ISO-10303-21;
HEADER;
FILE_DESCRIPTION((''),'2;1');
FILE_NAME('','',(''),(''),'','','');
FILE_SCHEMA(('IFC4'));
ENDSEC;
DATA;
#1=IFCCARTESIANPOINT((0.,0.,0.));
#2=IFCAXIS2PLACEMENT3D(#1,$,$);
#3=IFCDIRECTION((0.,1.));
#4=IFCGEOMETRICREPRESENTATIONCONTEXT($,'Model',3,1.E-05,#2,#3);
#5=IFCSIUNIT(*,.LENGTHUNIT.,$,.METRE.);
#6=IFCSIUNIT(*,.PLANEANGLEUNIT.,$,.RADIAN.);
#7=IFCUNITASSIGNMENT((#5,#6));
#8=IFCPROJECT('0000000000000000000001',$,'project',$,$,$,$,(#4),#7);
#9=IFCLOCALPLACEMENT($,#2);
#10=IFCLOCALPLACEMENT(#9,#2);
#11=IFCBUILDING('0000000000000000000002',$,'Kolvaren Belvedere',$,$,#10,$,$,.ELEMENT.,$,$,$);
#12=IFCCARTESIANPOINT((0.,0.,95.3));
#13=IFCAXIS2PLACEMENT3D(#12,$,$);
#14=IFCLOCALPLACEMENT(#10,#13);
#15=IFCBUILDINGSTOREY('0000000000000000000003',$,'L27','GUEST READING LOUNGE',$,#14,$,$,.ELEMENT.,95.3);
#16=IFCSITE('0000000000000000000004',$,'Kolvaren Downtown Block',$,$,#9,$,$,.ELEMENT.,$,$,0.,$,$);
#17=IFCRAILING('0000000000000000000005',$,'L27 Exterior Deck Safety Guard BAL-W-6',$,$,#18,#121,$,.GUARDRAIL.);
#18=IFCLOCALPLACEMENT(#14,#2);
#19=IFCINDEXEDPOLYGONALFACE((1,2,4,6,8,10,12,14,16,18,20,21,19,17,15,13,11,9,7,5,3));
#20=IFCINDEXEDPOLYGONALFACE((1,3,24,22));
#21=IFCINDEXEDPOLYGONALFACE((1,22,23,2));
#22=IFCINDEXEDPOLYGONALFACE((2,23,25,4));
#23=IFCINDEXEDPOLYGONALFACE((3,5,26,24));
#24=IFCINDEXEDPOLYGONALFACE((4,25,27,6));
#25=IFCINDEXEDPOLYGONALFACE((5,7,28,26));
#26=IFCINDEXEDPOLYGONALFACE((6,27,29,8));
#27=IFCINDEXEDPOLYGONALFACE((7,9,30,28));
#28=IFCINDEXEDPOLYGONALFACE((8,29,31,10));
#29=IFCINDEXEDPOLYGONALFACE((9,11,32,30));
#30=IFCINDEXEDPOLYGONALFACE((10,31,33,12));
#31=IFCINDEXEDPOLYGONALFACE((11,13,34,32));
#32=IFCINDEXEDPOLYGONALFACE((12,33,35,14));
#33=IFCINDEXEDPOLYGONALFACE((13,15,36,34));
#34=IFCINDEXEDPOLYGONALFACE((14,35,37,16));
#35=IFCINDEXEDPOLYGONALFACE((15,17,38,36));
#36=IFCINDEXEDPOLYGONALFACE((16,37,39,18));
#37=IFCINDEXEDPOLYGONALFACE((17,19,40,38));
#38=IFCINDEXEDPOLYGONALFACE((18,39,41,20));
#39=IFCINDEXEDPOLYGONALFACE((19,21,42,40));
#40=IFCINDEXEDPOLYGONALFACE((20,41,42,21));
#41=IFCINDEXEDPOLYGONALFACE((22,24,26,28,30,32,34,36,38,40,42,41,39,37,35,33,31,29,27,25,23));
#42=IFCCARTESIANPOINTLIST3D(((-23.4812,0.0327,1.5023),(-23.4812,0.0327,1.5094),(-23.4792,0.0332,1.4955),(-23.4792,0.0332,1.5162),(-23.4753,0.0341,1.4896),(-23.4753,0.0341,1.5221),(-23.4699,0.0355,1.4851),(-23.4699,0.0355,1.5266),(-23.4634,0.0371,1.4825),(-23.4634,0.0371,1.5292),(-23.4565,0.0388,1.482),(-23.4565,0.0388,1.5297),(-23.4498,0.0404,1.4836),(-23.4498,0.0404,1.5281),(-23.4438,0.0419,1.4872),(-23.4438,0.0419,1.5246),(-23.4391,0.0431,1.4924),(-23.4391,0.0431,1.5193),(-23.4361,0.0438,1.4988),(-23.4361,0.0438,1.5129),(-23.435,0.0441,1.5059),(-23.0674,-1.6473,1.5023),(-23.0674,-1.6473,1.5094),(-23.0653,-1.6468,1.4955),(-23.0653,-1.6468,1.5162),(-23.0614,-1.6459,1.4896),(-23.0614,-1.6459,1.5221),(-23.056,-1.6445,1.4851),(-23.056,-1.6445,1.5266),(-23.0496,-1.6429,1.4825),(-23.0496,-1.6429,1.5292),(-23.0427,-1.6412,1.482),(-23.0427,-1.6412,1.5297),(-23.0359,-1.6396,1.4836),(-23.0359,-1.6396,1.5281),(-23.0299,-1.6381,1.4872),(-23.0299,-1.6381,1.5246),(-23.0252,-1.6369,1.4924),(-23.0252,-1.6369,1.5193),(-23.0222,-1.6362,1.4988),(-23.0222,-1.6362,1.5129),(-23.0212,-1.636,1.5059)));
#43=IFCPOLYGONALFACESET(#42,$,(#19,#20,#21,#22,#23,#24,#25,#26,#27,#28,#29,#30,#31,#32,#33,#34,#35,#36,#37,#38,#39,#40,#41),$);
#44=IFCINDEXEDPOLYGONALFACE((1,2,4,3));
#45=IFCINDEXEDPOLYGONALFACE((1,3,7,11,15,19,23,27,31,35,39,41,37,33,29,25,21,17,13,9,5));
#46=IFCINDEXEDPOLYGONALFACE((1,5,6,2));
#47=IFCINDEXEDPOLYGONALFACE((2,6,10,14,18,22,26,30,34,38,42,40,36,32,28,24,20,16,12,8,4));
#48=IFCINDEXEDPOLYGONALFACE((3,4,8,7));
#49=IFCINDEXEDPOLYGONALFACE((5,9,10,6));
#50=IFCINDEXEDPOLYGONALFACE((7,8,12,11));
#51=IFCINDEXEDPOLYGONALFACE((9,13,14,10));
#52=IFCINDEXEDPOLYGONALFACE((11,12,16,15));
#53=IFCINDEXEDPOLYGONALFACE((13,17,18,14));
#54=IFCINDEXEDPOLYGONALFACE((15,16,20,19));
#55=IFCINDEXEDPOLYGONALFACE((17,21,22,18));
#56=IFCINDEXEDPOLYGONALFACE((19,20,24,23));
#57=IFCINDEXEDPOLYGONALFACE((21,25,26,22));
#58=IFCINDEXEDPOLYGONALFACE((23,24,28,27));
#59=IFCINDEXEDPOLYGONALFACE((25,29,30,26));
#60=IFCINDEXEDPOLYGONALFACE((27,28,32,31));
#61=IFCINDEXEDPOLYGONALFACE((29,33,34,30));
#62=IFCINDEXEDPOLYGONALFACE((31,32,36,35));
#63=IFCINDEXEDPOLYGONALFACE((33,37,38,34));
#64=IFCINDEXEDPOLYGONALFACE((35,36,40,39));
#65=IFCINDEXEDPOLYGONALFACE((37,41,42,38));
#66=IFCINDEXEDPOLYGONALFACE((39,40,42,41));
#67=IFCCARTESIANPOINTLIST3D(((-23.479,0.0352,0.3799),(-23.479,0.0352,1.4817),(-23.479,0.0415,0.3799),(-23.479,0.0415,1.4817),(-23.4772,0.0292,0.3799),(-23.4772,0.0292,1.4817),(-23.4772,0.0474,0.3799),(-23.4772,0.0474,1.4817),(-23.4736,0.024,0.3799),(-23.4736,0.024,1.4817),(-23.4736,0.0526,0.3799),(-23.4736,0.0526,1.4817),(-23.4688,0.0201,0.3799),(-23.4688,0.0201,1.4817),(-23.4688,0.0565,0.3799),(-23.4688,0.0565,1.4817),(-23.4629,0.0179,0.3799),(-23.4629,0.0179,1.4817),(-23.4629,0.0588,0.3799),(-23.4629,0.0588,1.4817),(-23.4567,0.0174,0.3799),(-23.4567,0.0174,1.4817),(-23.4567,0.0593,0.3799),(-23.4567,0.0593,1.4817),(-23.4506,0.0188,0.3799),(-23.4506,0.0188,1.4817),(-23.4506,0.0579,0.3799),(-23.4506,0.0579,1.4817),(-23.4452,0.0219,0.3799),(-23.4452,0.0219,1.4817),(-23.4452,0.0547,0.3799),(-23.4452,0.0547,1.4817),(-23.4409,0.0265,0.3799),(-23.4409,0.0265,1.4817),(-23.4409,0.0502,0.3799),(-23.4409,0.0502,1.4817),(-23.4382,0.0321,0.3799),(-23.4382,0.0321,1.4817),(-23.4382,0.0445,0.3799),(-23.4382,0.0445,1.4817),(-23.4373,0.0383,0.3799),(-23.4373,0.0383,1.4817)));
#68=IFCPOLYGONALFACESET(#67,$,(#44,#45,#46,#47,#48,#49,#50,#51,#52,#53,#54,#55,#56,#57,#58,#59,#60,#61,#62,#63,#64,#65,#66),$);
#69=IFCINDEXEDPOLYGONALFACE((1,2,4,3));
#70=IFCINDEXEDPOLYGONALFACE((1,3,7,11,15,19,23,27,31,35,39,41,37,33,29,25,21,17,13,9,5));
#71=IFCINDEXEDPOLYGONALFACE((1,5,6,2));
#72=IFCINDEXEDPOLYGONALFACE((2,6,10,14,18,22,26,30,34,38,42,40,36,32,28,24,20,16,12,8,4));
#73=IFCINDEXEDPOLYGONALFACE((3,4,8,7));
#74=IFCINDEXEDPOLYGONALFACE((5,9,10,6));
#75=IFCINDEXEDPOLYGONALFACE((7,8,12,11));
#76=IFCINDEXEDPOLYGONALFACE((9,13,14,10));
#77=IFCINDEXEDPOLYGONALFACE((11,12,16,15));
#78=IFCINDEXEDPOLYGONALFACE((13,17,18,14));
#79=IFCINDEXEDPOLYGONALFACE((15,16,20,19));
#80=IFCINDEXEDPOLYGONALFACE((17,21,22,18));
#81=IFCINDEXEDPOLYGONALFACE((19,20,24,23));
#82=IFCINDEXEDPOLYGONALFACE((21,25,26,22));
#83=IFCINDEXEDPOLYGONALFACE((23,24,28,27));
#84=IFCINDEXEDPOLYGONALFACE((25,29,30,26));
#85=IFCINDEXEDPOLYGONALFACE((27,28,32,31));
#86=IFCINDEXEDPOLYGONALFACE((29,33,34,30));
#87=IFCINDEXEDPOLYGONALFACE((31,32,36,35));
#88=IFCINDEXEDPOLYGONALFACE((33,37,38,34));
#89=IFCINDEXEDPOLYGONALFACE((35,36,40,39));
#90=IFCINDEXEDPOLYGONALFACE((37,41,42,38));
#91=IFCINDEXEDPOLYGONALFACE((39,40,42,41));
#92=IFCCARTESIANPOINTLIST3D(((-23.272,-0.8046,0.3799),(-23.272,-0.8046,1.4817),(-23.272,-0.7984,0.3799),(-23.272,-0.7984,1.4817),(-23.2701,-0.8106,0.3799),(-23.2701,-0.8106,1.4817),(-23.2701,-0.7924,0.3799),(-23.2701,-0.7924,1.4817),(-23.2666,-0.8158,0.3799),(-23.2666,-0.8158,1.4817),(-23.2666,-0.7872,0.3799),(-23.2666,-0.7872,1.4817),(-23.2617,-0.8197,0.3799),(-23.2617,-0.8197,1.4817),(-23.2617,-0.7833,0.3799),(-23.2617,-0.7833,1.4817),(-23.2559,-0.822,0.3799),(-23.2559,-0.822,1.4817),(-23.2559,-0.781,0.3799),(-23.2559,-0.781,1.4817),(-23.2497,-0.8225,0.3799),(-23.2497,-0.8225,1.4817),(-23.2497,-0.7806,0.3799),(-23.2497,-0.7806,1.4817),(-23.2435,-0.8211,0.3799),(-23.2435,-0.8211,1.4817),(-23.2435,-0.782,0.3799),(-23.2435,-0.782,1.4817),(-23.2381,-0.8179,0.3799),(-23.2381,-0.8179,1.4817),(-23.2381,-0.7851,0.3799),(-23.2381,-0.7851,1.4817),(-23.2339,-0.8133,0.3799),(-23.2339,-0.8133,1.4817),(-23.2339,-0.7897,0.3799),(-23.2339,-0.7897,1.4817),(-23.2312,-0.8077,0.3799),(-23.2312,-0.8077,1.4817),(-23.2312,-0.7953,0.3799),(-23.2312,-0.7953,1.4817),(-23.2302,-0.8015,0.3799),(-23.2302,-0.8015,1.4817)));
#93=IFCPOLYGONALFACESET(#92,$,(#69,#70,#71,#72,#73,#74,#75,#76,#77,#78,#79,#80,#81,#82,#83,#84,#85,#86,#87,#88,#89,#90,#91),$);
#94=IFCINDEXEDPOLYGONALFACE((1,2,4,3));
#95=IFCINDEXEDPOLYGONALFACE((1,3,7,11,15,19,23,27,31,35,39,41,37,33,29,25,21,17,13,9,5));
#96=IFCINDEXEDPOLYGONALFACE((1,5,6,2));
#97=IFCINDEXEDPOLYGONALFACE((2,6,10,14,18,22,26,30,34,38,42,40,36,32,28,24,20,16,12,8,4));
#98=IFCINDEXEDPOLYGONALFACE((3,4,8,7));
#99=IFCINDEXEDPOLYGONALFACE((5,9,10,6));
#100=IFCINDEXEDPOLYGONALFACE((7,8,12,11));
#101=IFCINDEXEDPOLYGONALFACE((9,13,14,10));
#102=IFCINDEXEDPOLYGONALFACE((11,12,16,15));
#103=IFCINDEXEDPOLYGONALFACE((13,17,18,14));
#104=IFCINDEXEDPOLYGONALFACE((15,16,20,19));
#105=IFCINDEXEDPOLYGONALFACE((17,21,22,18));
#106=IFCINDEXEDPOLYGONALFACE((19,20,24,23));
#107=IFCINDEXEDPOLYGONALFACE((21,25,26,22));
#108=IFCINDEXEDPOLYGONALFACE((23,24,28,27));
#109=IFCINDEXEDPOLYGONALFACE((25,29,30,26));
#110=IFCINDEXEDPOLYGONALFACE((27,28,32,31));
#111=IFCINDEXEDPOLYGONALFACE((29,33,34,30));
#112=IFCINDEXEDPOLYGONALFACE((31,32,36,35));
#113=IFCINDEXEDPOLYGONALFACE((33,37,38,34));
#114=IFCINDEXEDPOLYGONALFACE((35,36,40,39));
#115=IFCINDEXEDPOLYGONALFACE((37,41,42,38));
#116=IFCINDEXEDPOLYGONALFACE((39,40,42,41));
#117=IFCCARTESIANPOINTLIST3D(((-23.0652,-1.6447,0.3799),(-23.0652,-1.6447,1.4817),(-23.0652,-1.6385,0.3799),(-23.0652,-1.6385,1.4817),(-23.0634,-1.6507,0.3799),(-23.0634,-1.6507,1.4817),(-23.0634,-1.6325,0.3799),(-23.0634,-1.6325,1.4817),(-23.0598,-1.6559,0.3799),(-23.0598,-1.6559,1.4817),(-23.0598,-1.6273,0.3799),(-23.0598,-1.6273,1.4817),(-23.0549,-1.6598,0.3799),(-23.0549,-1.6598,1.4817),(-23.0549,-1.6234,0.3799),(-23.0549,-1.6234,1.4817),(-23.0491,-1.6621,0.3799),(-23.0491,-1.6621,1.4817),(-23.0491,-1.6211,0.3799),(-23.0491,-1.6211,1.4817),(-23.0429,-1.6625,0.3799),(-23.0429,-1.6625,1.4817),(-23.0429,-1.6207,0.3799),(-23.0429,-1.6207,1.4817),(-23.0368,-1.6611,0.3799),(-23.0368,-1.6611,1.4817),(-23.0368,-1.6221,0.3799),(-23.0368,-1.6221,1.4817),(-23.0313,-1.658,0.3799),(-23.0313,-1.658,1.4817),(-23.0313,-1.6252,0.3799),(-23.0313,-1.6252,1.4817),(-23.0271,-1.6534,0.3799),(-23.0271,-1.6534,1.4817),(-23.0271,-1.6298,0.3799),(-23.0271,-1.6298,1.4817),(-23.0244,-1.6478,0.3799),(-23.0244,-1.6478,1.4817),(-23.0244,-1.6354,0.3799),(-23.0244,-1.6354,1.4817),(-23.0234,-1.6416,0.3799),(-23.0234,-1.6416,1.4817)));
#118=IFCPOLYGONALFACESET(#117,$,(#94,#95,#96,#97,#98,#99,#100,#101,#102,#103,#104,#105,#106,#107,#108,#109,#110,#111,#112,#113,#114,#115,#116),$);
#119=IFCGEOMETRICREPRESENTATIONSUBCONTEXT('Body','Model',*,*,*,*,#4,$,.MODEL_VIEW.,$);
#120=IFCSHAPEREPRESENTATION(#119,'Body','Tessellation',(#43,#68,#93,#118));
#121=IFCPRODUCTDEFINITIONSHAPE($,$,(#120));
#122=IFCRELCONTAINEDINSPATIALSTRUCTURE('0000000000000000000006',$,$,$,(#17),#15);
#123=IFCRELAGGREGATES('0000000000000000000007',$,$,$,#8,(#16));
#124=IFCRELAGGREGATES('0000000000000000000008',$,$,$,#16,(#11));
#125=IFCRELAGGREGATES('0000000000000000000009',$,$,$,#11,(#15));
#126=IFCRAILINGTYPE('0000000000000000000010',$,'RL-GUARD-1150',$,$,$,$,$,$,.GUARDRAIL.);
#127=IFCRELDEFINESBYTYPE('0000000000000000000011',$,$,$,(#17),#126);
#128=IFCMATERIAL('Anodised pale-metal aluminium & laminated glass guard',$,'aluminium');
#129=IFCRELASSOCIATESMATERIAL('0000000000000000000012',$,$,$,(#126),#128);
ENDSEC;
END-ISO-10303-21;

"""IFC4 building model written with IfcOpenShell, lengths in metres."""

from ifc_helpers import new_model, si_unit, direction, frame, origin, origin_2d, place, context, subcontext, project, spatial, circle, extrude, material, type_object, element, save


model = new_model("IFC4")

# Units and contexts
model_context = context("Model", 3, precision=1e-05, world=origin(), true_north=direction((0.0, 1.0)))
body_context = subcontext(model_context, "Body", "Model", "MODEL_VIEW")
ifc_project = project(units=[si_unit("LENGTHUNIT", "METRE"), si_unit("PLANEANGLEUNIT", "RADIAN")], contexts=[model_context])

# Site, building, storey
site_placement = place(None, origin())
site = spatial("IfcSite", under=ifc_project, at=site_placement, Name="Kolvaren Downtown Block", CompositionType="ELEMENT", RefElevation=0.0)
building_placement = place(site_placement, origin())
building = spatial("IfcBuilding", under=site, at=building_placement, Name="Kolvaren Belvedere", CompositionType="ELEMENT")
storey_placement = place(building_placement, frame((0.0, 0.0, 95.3)))
storey = spatial("IfcBuildingStorey", under=building, at=storey_placement, Name="L27", Description="GUEST READING LOUNGE", CompositionType="ELEMENT", Elevation=95.3)

# Railing
ifc_material_1 = material(Name="Anodised pale-metal aluminium & laminated glass guard", Category="aluminium")
railing_type = type_object("IfcRailingType", Name="RL-GUARD-1150", PredefinedType="GUARDRAIL", material=ifc_material_1)
railing_1_placement = place(storey_placement, frame((-23.4583, 0.0383, 0.3799)))
element("IfcRailing", 1, at=railing_1_placement, inside=storey, type_object=railing_type, Name="L27 Exterior Deck Safety Guard BAL-W-6", PredefinedType="GUARDRAIL", context=body_context, shape_type="SweptSolid", body=[
    extrude(circle(Radius=0.0239, at=origin_2d()), frame((0.0, 0.0, 1.126), z_axis=(0.239181, -0.970975, 0.0), x_axis=(0.970975, 0.239181, 0.0)), (0.0, 0.0, 1.0), 1.7302),
    extrude(circle(Radius=0.021, at=origin_2d()), origin(), (0.0, 0.0, 1.0), 1.1018),
    extrude(circle(Radius=0.021, at=origin_2d()), frame((0.207, -0.8398, 0.0)), (0.0, 0.0, 1.0), 1.1018),
    extrude(circle(Radius=0.021, at=origin_2d()), frame((0.4138, -1.6799, 0.0)), (0.0, 0.0, 1.0), 1.1018),
])

save(model, "model.ifc")
